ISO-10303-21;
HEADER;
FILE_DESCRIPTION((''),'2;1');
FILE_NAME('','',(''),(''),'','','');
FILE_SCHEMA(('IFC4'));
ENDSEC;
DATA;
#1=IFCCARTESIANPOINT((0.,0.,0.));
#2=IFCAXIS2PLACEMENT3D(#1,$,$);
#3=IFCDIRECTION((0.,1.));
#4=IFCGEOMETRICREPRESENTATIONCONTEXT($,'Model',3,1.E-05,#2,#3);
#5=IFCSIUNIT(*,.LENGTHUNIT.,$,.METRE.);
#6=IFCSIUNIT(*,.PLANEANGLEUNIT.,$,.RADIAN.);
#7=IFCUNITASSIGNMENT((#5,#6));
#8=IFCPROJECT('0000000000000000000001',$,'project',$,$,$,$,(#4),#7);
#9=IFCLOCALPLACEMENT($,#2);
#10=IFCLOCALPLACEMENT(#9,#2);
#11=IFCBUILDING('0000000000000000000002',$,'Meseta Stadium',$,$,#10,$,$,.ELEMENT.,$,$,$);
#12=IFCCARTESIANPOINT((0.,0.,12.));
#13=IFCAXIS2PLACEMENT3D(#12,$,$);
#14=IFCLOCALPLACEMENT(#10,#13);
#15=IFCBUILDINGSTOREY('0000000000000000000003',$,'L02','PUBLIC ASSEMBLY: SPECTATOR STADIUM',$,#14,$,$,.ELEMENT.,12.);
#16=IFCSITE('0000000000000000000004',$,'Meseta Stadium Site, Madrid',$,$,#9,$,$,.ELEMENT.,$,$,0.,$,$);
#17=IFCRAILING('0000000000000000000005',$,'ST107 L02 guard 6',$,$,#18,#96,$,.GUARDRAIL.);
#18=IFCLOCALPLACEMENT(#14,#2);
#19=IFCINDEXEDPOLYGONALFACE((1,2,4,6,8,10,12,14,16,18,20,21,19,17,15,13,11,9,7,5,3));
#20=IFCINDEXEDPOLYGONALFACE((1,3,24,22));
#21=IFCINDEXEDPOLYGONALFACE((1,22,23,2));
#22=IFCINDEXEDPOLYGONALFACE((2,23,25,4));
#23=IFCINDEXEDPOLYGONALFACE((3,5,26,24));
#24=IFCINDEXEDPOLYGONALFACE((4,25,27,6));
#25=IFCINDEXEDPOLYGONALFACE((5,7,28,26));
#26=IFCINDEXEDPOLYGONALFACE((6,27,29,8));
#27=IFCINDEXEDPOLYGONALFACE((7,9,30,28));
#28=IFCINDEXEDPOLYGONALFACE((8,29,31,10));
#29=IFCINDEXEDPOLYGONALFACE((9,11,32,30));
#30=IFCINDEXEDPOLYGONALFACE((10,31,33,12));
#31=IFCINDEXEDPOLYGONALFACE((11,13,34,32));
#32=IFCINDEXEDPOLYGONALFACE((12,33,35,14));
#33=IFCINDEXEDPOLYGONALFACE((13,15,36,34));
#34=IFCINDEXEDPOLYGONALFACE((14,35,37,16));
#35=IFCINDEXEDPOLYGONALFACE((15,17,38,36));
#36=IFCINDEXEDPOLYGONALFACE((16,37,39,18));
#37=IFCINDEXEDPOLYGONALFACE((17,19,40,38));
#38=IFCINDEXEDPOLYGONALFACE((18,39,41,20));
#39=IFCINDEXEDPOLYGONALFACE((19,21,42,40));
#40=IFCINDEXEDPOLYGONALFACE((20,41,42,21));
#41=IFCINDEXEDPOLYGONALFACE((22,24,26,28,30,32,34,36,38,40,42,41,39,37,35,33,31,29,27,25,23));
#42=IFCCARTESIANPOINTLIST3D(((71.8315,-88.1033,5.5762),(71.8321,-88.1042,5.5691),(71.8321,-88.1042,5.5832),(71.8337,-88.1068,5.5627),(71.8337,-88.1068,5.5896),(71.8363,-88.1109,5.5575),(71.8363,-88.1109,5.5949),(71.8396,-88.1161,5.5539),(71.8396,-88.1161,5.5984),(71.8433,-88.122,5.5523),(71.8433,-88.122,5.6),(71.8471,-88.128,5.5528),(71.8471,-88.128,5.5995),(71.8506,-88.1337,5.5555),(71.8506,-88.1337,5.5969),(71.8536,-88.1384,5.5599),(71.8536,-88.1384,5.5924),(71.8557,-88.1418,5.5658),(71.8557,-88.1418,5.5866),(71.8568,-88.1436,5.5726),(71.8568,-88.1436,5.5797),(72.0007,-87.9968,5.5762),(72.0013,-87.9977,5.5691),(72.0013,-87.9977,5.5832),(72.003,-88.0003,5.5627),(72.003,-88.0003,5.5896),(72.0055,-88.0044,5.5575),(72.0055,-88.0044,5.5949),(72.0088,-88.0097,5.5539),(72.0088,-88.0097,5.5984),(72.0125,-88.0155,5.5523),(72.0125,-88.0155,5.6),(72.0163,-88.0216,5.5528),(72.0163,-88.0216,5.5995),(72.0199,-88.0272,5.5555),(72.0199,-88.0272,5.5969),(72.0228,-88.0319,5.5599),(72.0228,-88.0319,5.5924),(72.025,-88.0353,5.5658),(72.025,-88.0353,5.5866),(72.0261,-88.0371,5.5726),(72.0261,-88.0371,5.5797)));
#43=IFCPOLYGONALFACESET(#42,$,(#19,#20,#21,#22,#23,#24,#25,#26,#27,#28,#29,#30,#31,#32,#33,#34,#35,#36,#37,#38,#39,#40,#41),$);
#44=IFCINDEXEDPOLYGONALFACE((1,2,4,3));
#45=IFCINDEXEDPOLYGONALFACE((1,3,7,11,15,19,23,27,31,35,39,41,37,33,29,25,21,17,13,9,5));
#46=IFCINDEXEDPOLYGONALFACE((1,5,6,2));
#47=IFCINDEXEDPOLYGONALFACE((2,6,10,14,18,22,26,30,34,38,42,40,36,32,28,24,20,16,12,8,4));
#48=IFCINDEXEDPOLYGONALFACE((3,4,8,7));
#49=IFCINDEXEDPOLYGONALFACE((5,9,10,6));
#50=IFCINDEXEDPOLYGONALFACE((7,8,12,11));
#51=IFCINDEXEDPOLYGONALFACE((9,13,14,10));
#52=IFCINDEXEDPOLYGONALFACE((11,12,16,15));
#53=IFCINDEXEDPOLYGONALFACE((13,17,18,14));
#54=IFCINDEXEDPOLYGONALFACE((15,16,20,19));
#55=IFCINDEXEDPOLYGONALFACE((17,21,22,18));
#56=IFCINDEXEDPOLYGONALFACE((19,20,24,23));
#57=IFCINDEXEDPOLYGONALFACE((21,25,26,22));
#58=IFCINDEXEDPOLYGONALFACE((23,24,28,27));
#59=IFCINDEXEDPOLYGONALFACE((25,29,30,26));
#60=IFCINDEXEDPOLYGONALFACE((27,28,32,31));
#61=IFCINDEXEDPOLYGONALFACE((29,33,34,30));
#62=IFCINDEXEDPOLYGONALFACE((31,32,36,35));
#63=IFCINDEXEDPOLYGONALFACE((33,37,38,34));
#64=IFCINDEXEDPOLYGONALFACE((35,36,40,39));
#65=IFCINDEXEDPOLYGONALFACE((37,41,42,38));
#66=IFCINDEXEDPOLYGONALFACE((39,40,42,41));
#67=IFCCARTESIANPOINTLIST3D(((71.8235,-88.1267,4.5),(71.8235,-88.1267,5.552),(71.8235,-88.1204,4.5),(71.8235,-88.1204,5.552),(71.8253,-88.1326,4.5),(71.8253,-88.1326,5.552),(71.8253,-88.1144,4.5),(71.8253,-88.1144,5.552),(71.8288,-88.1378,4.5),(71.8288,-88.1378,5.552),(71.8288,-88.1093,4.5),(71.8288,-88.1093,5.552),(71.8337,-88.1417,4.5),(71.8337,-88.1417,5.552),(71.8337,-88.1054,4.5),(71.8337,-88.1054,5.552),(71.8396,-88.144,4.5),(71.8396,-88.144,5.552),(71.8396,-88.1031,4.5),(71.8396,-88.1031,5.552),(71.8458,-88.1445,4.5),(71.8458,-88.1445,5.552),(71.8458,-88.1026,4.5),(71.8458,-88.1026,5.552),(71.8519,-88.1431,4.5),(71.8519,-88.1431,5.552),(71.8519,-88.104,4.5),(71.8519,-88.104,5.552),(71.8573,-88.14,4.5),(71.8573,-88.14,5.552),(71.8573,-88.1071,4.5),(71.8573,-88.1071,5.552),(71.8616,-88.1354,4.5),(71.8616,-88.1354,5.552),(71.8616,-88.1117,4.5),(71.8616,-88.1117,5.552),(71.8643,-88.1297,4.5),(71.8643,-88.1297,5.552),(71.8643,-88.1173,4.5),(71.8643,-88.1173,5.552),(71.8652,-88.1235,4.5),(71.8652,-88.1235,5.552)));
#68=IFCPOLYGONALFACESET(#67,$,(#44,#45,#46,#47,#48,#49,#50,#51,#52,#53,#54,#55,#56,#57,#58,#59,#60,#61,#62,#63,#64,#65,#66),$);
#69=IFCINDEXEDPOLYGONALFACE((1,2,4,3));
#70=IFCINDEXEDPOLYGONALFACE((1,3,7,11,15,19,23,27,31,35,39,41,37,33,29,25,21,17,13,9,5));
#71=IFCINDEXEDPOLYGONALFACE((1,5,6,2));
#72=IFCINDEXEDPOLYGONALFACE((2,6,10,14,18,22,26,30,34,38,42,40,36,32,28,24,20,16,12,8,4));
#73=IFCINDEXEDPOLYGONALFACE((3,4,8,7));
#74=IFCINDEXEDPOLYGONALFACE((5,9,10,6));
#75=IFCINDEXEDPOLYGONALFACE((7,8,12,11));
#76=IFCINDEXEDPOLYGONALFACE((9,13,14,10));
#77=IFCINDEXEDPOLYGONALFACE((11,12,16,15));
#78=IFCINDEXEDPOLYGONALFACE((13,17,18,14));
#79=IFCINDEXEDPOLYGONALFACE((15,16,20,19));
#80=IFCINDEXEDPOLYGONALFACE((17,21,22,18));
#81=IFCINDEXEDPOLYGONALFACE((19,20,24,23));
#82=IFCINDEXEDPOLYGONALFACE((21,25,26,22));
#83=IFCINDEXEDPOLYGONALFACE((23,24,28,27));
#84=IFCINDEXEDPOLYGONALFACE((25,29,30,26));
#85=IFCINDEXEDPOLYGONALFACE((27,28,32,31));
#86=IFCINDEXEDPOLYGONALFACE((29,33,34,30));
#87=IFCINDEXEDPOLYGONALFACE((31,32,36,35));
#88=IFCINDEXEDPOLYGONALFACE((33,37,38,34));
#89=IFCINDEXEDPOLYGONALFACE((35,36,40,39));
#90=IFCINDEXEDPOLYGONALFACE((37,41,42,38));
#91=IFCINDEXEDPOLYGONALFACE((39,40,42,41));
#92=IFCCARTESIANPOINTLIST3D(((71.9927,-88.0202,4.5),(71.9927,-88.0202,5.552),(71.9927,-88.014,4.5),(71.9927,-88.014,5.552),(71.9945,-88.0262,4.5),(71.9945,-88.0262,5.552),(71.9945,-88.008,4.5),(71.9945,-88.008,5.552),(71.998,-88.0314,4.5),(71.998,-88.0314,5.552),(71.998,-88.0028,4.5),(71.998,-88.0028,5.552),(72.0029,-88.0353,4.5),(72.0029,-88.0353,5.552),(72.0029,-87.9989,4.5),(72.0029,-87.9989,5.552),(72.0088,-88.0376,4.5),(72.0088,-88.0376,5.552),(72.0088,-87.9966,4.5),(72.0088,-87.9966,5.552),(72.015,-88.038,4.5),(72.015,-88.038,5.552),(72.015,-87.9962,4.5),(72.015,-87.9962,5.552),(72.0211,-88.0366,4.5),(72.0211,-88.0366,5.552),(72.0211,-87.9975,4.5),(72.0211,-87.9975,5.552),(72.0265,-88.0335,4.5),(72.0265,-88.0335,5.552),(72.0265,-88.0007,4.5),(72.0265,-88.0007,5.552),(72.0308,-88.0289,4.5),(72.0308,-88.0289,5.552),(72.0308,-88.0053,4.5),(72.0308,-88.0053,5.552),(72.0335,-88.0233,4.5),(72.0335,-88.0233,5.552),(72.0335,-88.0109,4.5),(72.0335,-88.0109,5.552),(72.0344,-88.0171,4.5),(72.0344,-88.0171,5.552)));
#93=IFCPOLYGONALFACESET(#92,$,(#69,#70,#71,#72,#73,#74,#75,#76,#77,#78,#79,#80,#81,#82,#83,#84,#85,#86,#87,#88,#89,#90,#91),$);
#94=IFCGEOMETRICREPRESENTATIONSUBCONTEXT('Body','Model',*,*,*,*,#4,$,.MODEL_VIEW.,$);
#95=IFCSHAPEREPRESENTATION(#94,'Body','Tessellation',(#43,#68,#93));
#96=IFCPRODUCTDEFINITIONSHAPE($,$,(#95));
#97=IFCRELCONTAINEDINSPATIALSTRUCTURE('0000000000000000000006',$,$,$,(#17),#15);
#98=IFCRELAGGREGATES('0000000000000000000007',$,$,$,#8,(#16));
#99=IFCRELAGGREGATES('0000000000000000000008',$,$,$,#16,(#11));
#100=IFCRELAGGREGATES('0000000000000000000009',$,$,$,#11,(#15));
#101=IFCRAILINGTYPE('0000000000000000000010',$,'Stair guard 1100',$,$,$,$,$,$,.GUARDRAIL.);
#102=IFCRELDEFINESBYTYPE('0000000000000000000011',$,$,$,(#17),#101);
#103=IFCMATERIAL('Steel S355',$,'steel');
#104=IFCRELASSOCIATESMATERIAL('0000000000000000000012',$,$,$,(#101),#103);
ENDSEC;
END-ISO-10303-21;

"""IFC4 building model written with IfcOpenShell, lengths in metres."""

from ifc_helpers import new_model, si_unit, direction, frame, origin, origin_2d, place, context, subcontext, project, spatial, circle, extrude, material, type_object, element, save


model = new_model("IFC4")

# Units and contexts
model_context = context("Model", 3, precision=1e-05, world=origin(), true_north=direction((0.0, 1.0)))
body_context = subcontext(model_context, "Body", "Model", "MODEL_VIEW")
ifc_project = project(units=[si_unit("LENGTHUNIT", "METRE"), si_unit("PLANEANGLEUNIT", "RADIAN")], contexts=[model_context])

# Site, building, storey
site_placement = place(None, origin())
site = spatial("IfcSite", under=ifc_project, at=site_placement, Name="Meseta Stadium Site, Madrid", CompositionType="ELEMENT", RefElevation=0.0)
building_placement = place(site_placement, origin())
building = spatial("IfcBuilding", under=site, at=building_placement, Name="Meseta Stadium", CompositionType="ELEMENT")
storey_placement = place(building_placement, frame((0.0, 0.0, 12.0)))
storey = spatial("IfcBuildingStorey", under=building, at=storey_placement, Name="L02", Description="PUBLIC ASSEMBLY: SPECTATOR STADIUM", CompositionType="ELEMENT", Elevation=12.0)

# Railing
ifc_material_1 = material(Name="Steel S355", Category="steel")
railing_type_1 = type_object("IfcRailingType", Name="Stair guard 1100", PredefinedType="GUARDRAIL", material=ifc_material_1)
railing_1_placement = place(storey_placement, frame((71.8442, -88.1235, 4.5)))
element("IfcRailing", 1, at=railing_1_placement, inside=storey, type_object=railing_type_1, Name="ST107 L02 guard 6", PredefinedType="GUARDRAIL", context=body_context, shape_type="SweptSolid", body=[
    extrude(circle(Radius=0.0239, at=origin_2d()), frame((0.0, 0.0, 1.0762), z_axis=(0.846416, 0.532522, 0.0), x_axis=(-0.532522, 0.846416, 0.0)), (0.0, 0.0, 1.0), 0.2),
    extrude(circle(Radius=0.021, at=origin_2d()), origin(), (0.0, 0.0, 1.0), 1.052),
    extrude(circle(Radius=0.021, at=origin_2d()), frame((0.1692, 0.1064, 0.0)), (0.0, 0.0, 1.0), 1.052),
])

save(model, "model.ifc")
